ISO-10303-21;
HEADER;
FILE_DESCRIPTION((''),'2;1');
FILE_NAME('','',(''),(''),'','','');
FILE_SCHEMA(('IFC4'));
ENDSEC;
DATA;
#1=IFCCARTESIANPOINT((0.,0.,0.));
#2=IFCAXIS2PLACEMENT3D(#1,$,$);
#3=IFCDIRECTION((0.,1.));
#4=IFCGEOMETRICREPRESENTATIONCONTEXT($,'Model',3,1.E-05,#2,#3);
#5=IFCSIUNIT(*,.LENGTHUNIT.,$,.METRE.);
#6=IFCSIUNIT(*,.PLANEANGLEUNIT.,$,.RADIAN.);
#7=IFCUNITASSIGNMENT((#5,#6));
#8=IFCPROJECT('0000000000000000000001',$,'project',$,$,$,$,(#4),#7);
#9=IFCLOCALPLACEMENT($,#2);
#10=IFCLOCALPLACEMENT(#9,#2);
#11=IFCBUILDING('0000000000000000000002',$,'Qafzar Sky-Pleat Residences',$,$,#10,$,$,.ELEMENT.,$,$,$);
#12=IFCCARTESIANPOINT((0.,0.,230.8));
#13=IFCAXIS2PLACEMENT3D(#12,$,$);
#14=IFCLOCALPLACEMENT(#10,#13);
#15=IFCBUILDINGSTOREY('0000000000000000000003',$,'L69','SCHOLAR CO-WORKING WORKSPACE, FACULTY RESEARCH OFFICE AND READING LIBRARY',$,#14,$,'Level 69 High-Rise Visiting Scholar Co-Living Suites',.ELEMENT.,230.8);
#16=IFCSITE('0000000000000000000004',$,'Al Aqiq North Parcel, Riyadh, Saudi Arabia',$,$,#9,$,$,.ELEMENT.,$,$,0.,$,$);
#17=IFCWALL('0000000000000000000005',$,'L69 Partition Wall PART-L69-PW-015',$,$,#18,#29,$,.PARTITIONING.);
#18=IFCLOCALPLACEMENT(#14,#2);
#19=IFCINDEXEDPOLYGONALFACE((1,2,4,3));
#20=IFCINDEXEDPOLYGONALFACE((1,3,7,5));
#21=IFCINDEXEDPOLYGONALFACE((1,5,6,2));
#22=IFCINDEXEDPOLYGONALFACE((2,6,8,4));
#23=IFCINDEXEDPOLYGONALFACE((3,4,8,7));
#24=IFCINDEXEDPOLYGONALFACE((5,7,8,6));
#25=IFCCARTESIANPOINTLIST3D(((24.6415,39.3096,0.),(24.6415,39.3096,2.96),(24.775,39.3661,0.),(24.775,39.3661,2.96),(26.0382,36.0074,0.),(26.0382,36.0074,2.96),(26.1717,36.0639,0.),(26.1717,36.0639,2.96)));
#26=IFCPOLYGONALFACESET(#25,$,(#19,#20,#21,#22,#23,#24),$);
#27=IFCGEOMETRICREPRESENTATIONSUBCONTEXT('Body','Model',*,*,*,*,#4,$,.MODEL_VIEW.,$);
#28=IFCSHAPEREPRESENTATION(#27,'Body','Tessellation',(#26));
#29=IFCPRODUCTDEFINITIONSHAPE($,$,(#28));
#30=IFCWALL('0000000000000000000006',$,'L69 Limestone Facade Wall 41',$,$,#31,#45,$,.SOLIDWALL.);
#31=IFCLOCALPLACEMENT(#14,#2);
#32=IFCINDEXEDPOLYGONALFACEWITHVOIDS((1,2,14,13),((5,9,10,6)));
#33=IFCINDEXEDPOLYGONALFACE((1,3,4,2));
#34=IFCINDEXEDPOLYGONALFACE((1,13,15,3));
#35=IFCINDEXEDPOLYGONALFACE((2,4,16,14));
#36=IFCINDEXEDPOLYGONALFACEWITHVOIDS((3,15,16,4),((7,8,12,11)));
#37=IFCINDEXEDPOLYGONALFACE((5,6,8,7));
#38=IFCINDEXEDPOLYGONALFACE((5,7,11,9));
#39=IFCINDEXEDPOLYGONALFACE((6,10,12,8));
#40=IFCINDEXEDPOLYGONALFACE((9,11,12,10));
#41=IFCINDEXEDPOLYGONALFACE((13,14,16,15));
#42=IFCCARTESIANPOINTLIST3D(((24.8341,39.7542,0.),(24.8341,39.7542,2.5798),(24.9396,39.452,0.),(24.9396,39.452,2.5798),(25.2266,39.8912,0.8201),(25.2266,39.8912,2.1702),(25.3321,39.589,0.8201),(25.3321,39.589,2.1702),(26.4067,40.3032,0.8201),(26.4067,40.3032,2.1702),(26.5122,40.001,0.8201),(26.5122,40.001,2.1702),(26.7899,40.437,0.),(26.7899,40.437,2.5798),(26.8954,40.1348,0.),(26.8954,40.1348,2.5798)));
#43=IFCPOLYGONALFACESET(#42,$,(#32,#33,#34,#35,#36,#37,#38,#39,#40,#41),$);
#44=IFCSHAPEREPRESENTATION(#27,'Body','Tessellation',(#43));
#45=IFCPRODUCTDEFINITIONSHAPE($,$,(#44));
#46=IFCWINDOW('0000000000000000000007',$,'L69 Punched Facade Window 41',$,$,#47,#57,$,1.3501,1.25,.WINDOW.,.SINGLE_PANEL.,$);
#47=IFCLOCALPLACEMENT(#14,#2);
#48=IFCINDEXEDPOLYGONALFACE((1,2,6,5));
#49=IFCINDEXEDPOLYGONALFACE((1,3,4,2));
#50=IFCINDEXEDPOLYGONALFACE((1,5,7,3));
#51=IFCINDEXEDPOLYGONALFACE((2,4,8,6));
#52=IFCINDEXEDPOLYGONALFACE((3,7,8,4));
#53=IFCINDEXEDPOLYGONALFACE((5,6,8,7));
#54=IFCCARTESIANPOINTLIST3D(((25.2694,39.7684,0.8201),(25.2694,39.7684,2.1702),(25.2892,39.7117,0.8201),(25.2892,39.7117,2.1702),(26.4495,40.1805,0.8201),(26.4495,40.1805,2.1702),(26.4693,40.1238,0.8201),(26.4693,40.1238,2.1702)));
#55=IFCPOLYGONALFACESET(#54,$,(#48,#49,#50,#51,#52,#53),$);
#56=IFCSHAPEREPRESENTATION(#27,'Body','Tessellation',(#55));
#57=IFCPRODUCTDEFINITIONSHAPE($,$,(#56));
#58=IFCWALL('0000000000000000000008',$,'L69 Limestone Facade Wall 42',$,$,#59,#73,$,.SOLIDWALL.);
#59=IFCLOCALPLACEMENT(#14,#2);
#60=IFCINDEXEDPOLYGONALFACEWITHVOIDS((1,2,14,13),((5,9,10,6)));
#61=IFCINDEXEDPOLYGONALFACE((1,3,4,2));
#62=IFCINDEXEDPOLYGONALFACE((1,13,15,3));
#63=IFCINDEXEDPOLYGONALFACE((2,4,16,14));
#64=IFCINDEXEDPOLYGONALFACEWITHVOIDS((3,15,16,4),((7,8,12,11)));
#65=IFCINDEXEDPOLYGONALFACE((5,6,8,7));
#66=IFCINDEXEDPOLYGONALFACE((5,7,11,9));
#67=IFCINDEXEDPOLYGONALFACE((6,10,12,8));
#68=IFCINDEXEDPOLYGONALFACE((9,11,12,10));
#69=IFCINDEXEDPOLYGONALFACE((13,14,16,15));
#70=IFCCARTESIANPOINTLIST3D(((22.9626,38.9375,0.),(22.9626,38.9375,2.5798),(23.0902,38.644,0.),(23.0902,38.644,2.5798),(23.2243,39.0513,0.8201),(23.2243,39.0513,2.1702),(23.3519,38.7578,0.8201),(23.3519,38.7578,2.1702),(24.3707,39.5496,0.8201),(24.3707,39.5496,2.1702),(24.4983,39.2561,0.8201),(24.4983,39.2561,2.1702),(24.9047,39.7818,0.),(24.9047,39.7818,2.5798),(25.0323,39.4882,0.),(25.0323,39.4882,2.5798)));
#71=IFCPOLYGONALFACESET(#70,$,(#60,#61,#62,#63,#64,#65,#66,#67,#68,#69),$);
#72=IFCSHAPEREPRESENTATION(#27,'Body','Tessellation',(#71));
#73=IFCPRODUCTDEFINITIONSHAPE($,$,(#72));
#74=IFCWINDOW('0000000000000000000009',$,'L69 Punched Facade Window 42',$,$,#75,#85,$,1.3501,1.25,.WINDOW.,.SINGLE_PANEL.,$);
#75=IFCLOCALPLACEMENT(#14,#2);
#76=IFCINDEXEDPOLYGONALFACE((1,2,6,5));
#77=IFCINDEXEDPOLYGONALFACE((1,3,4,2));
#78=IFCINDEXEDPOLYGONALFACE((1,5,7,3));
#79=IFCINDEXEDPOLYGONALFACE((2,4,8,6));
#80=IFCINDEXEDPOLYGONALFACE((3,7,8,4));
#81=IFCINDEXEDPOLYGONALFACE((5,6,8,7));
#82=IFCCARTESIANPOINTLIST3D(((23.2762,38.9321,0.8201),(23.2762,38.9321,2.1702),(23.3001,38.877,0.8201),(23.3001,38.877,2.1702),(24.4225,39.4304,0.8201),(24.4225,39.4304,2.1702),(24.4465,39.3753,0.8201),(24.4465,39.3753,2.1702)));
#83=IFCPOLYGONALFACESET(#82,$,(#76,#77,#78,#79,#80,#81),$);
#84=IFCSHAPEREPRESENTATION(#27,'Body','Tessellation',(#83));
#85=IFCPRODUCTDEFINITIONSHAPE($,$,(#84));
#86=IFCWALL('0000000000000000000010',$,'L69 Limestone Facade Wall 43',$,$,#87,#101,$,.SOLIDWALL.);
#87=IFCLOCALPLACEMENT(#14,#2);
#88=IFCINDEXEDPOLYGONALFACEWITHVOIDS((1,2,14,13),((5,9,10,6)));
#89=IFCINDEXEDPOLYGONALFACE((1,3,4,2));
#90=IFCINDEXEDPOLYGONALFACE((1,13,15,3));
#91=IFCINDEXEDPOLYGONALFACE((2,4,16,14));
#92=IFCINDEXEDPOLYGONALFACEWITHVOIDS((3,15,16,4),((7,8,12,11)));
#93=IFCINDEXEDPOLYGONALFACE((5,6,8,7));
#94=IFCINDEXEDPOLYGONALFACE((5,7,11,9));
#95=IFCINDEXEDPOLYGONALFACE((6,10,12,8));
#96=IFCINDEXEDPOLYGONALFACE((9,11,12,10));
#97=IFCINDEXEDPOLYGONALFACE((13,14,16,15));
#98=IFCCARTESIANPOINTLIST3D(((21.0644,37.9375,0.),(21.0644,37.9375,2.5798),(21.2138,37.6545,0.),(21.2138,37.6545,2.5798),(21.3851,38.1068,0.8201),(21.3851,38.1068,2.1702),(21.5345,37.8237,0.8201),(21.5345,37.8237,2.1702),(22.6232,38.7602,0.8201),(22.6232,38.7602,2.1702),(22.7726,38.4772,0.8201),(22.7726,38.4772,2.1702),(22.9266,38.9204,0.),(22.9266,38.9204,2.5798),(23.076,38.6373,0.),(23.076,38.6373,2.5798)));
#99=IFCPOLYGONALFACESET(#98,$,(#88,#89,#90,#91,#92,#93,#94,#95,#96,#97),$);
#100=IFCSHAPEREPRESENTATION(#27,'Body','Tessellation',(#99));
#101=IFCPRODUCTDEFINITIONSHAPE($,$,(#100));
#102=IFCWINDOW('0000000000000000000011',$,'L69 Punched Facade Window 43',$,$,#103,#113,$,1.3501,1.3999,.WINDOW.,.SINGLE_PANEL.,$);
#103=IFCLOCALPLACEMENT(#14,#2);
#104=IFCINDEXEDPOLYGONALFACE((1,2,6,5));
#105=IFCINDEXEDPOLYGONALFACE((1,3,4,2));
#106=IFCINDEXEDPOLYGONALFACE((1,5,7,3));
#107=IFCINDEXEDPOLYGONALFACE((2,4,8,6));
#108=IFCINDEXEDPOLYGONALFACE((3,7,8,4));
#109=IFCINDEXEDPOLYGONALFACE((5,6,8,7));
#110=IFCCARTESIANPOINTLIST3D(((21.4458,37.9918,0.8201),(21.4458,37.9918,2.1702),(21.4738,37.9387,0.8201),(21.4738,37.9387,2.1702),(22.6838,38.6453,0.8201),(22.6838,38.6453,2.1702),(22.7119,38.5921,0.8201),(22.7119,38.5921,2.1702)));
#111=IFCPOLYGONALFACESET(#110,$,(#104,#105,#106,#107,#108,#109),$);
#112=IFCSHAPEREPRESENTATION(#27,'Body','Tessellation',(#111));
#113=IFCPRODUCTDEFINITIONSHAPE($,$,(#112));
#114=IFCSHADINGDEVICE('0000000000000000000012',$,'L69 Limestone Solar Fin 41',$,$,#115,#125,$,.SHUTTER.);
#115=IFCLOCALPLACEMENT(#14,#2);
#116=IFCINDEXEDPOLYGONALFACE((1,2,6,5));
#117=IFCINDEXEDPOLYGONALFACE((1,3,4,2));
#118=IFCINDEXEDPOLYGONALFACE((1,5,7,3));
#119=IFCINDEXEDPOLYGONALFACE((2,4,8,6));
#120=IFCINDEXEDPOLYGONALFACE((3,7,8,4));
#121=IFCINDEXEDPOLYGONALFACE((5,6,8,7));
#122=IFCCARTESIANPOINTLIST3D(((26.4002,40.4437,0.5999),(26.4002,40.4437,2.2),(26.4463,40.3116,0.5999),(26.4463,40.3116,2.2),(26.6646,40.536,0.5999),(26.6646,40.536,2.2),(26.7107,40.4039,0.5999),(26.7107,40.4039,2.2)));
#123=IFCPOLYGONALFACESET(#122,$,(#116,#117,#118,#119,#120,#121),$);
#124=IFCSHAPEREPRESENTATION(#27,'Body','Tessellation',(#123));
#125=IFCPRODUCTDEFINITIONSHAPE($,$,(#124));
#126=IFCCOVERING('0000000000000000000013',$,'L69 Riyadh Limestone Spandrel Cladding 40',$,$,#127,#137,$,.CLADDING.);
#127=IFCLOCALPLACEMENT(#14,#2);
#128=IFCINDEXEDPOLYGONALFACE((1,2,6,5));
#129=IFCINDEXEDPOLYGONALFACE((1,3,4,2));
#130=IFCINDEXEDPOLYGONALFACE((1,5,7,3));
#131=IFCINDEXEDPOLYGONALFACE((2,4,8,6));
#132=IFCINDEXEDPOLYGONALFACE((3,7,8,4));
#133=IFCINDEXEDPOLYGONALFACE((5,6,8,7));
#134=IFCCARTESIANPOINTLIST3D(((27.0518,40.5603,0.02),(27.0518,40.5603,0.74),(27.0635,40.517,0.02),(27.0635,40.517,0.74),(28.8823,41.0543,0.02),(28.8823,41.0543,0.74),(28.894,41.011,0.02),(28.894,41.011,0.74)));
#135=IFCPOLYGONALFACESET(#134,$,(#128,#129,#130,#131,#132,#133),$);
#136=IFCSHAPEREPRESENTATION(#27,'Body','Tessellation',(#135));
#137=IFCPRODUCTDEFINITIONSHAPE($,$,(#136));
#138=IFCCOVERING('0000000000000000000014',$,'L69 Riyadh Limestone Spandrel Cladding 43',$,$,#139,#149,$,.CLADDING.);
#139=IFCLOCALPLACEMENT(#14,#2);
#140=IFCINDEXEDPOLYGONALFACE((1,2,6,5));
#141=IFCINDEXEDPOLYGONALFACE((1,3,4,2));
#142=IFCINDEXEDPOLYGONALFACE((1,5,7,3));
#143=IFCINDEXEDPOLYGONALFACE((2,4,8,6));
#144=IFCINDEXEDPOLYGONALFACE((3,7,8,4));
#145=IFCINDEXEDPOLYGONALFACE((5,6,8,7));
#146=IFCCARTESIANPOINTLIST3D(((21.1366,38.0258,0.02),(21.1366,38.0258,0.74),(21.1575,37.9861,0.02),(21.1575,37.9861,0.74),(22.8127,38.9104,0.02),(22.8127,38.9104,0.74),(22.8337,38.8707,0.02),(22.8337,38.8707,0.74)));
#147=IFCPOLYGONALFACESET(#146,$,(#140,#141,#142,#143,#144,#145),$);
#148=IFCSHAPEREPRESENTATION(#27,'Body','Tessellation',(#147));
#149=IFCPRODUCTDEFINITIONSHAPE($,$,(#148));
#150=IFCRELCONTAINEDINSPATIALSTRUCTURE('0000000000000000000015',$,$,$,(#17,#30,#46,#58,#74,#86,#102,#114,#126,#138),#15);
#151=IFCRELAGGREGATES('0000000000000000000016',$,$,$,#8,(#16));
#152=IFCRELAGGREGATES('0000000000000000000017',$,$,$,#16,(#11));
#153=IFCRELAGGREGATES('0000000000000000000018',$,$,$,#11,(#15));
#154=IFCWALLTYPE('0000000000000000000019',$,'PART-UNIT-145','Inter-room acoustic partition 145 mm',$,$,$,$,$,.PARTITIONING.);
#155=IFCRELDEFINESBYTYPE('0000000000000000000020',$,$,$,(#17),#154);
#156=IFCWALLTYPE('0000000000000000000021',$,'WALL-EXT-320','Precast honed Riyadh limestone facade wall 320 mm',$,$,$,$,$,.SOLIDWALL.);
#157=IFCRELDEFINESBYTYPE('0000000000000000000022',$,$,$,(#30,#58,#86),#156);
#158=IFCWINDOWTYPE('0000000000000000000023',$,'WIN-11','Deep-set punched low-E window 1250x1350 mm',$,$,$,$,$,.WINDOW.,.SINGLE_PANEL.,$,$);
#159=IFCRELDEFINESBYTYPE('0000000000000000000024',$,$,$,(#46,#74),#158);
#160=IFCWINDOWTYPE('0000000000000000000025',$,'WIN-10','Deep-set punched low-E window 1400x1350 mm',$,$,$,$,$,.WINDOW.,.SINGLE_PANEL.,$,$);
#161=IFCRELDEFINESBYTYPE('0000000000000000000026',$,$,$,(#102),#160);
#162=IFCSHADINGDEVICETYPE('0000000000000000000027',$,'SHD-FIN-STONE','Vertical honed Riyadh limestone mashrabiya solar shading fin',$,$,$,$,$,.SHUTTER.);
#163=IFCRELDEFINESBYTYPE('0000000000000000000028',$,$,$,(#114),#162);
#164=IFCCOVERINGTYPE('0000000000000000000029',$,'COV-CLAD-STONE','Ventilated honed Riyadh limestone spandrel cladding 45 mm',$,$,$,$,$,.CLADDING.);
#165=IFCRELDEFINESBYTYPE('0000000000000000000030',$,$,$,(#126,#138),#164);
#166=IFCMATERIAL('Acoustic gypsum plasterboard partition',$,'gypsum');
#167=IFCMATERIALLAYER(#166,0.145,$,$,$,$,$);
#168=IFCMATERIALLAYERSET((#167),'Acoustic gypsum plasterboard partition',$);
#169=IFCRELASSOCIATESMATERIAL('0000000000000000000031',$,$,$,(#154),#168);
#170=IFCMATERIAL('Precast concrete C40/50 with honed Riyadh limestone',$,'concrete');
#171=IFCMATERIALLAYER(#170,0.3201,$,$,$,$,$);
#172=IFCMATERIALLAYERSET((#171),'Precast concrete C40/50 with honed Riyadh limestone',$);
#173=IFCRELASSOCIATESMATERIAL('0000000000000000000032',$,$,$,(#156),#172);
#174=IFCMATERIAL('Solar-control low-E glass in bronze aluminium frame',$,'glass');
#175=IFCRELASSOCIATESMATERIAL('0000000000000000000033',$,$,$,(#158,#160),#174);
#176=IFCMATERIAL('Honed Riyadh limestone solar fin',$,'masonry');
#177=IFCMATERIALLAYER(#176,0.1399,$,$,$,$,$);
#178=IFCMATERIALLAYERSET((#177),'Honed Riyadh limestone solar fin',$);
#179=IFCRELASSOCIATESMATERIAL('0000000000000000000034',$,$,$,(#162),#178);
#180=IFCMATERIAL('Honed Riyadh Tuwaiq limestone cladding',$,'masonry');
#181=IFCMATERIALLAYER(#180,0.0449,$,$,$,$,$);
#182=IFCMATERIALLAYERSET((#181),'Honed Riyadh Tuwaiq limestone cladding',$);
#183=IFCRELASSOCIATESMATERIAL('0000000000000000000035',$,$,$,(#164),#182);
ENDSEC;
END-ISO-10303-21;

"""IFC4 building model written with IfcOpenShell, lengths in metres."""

from ifc_helpers import new_model, si_unit, direction, frame, frame_2d, origin, origin_2d, place, context, subcontext, project, spatial, rectangle, extrude, source, transform, mapped, material, layer, layer_set, type_object, element, fill, save


model = new_model("IFC4")

# Units and contexts
model_context = context("Model", 3, precision=1e-05, world=origin(), true_north=direction((0.0, 1.0)))
body_context = subcontext(model_context, "Body", "Model", "MODEL_VIEW")
ifc_project = project(units=[si_unit("LENGTHUNIT", "METRE"), si_unit("PLANEANGLEUNIT", "RADIAN")], contexts=[model_context])

# Site, building, storey
site_placement = place(None, origin())
site = spatial("IfcSite", under=ifc_project, at=site_placement, Name="Al Aqiq North Parcel, Riyadh, Saudi Arabia", CompositionType="ELEMENT", RefElevation=0.0)
building_placement = place(site_placement, origin())
building = spatial("IfcBuilding", under=site, at=building_placement, Name="Qafzar Sky-Pleat Residences", CompositionType="ELEMENT")
storey_placement = place(building_placement, frame((0.0, 0.0, 230.8)))
storey = spatial("IfcBuildingStorey", under=building, at=storey_placement, Name="L69", Description="SCHOLAR CO-WORKING WORKSPACE, FACULTY RESEARCH OFFICE AND READING LIBRARY", LongName="Level 69 High-Rise Visiting Scholar Co-Living Suites", CompositionType="ELEMENT", Elevation=230.8)

# Shared definitions
ifc_material_1 = material(Name="Acoustic gypsum plasterboard partition", Category="gypsum")

# Wall
ifc_layer_1 = layer(ifc_material_1, 0.145)
ifc_layer_set_1 = layer_set([ifc_layer_1], Name="Acoustic gypsum plasterboard partition")
wall_type_1 = type_object("IfcWallType", Name="PART-UNIT-145", Description="Inter-room acoustic partition 145 mm", PredefinedType="PARTITIONING", material=ifc_layer_set_1)
wall_1_placement = place(storey_placement, frame((24.7083, 39.3379, 0.0), z_axis=(0.0, 0.0, 1.0), x_axis=(0.389551, -0.921005, 0.0)))
element("IfcWall", 1, at=wall_1_placement, inside=storey, type_object=wall_type_1, Name="L69 Partition Wall PART-L69-PW-015", PredefinedType="PARTITIONING", context=body_context, shape_type="SweptSolid", body=[
    extrude(rectangle(XDim=3.5854, YDim=0.145, at=frame_2d((1.7927, 0.0))), origin(), (0.0, 0.0, 1.0), 2.96),
])

# Walls, openings, windows
ifc_material_2 = material(Name="Precast concrete C40/50 with honed Riyadh limestone", Category="concrete")
ifc_layer_2 = layer(ifc_material_2, 0.3201)
ifc_layer_set_2 = layer_set([ifc_layer_2], Name="Precast concrete C40/50 with honed Riyadh limestone")
wall_type_2 = type_object("IfcWallType", Name="WALL-EXT-320", Description="Precast honed Riyadh limestone facade wall 320 mm", PredefinedType="SOLIDWALL", material=ifc_layer_set_2)
wall_2_placement = place(storey_placement, frame((26.8425, 40.2859, 0.0), z_axis=(0.0, 0.0, 1.0), x_axis=(-0.94411, -0.329631, 0.0)))
wall_2 = element("IfcWall", 2, at=wall_2_placement, inside=storey, type_object=wall_type_2, Name="L69 Limestone Facade Wall 41", PredefinedType="SOLIDWALL", context=body_context, shape_type="SweptSolid", body=[
    extrude(rectangle(XDim=2.0715, YDim=0.3201, at=frame_2d((1.0356, 0.0))), origin(), (0.0, 0.0, 1.0), 2.5798),
])
opening_1_placement = place(wall_2_placement, frame((0.4058, 0.0, 0.8201)))
opening_1 = element("IfcOpeningElement", 3, at=opening_1_placement, cuts=wall_2, PredefinedType="OPENING", context=body_context, shape_type="SweptSolid", body=[
    extrude(rectangle(XDim=1.25, YDim=1.3501, at=frame_2d((0.625, 0.675))), frame((0.0, 0.1699, 0.0), z_axis=(0.0, -1.0, 0.0), x_axis=(1.0, 0.0, 0.0)), (0.0, 0.0, 1.0), 0.3401),
])
ifc_material_3 = material(Name="Solar-control low-E glass in bronze aluminium frame", Category="glass")
window_type_1 = type_object("IfcWindowType", Name="WIN-11", Description="Deep-set punched low-E window 1250x1350 mm", PartitioningType="SINGLE_PANEL", PredefinedType="WINDOW", material=ifc_material_3)
shared_shape_1 = source(origin(), body_context, "Body", "SweptSolid", [
    extrude(rectangle(XDim=1.25, YDim=1.3501, at=frame_2d((0.625, 0.675))), frame((0.0, 0.03, 0.0), z_axis=(0.0, -1.0, 0.0), x_axis=(1.0, 0.0, 0.0)), (0.0, 0.0, 1.0), 0.0601),
])
window_1_placement = place(opening_1_placement, origin())
window_1 = element("IfcWindow", 4, at=window_1_placement, inside=storey, type_object=window_type_1, Name="L69 Punched Facade Window 41", OverallHeight=1.3501, OverallWidth=1.25, PartitioningType="SINGLE_PANEL", PredefinedType="WINDOW", context=body_context, shape_type="MappedRepresentation", body=[
    mapped(shared_shape_1, transform((0.0, 0.0, 0.0), x_axis=(1.0, 0.0, 0.0), y_axis=(0.0, 1.0, 0.0), z_axis=(0.0, 0.0, 1.0), scale=1.0)),
])
fill(opening_1, window_1)
wall_3_placement = place(storey_placement, frame((24.9685, 39.635, 0.0), z_axis=(0.0, 0.0, 1.0), x_axis=(-0.917099, -0.398659, 0.0)))
wall_3 = element("IfcWall", 5, at=wall_3_placement, inside=storey, type_object=wall_type_2, Name="L69 Limestone Facade Wall 42", PredefinedType="SOLIDWALL", context=body_context, shape_type="SweptSolid", body=[
    extrude(rectangle(XDim=2.1177, YDim=0.3201, at=frame_2d((1.0588, 0.0))), origin(), (0.0, 0.0, 1.0), 2.5798),
])
opening_2_placement = place(wall_3_placement, frame((0.5823, 0.0, 0.8201)))
opening_2 = element("IfcOpeningElement", 6, at=opening_2_placement, cuts=wall_3, PredefinedType="OPENING", context=body_context, shape_type="SweptSolid", body=[
    extrude(rectangle(XDim=1.25, YDim=1.3501, at=frame_2d((0.625, 0.675))), frame((0.0, 0.1699, 0.0), z_axis=(0.0, -1.0, 0.0), x_axis=(1.0, 0.0, 0.0)), (0.0, 0.0, 1.0), 0.3401),
])
window_2_placement = place(opening_2_placement, origin())
window_2 = element("IfcWindow", 7, at=window_2_placement, inside=storey, type_object=window_type_1, Name="L69 Punched Facade Window 42", OverallHeight=1.3501, OverallWidth=1.25, PartitioningType="SINGLE_PANEL", PredefinedType="WINDOW", context=body_context, shape_type="MappedRepresentation", body=[
    mapped(shared_shape_1, transform((0.0, 0.0, 0.0), x_axis=(1.0, 0.0, 0.0), y_axis=(0.0, 1.0, 0.0), z_axis=(0.0, 0.0, 1.0), scale=1.0)),
])
fill(opening_2, window_2)
wall_4_placement = place(storey_placement, frame((23.0012, 38.7788, 0.0), z_axis=(0.0, 0.0, 1.0), x_axis=(-0.884379, -0.466769, 0.0)))
wall_4 = element("IfcWall", 8, at=wall_4_placement, inside=storey, type_object=wall_type_2, Name="L69 Limestone Facade Wall 43", PredefinedType="SOLIDWALL", context=body_context, shape_type="SweptSolid", body=[
    extrude(rectangle(XDim=2.1057, YDim=0.3201, at=frame_2d((1.0527, 0.0))), origin(), (0.0, 0.0, 1.0), 2.5798),
])
opening_3_placement = place(wall_4_placement, frame((0.343, 0.0, 0.8201)))
opening_3 = element("IfcOpeningElement", 9, at=opening_3_placement, cuts=wall_4, PredefinedType="OPENING", context=body_context, shape_type="SweptSolid", body=[
    extrude(rectangle(XDim=1.3999, YDim=1.3501, at=frame_2d((0.7, 0.675))), frame((0.0, 0.1699, 0.0), z_axis=(0.0, -1.0, 0.0), x_axis=(1.0, 0.0, 0.0)), (0.0, 0.0, 1.0), 0.3401),
])
window_type_2 = type_object("IfcWindowType", Name="WIN-10", Description="Deep-set punched low-E window 1400x1350 mm", PartitioningType="SINGLE_PANEL", PredefinedType="WINDOW", material=ifc_material_3)
shared_shape_2 = source(origin(), body_context, "Body", "SweptSolid", [
    extrude(rectangle(XDim=1.3999, YDim=1.3501, at=frame_2d((0.7, 0.675))), frame((0.0, 0.03, 0.0), z_axis=(0.0, -1.0, 0.0), x_axis=(1.0, 0.0, 0.0)), (0.0, 0.0, 1.0), 0.0601),
])
window_3_placement = place(opening_3_placement, origin())
window_3 = element("IfcWindow", 10, at=window_3_placement, inside=storey, type_object=window_type_2, Name="L69 Punched Facade Window 43", OverallHeight=1.3501, OverallWidth=1.3999, PartitioningType="SINGLE_PANEL", PredefinedType="WINDOW", context=body_context, shape_type="MappedRepresentation", body=[
    mapped(shared_shape_2, transform((0.0, 0.0, 0.0), x_axis=(1.0, 0.0, 0.0), y_axis=(0.0, 1.0, 0.0), z_axis=(0.0, 0.0, 1.0), scale=1.0)),
])
fill(opening_3, window_3)

# Shading device
ifc_material_4 = material(Name="Honed Riyadh limestone solar fin", Category="masonry")
ifc_layer_3 = layer(ifc_material_4, 0.1399)
ifc_layer_set_3 = layer_set([ifc_layer_3], Name="Honed Riyadh limestone solar fin")
shading_device_type = type_object("IfcShadingDeviceType", Name="SHD-FIN-STONE", Description="Vertical honed Riyadh limestone mashrabiya solar shading fin", PredefinedType="SHUTTER", material=ifc_layer_set_3)
shared_shape_3 = source(origin(), body_context, "Body", "SweptSolid", [
    extrude(rectangle(XDim=0.1399, YDim=0.28, at=origin_2d()), origin(), (0.0, 0.0, 1.0), 1.6001),
])
shading_device_placement = place(storey_placement, frame((26.5554, 40.4238, 0.5999), z_axis=(0.0, 0.0, 1.0), x_axis=(-0.329574, 0.94413, 0.0)))
element("IfcShadingDevice", 11, at=shading_device_placement, inside=storey, type_object=shading_device_type, Name="L69 Limestone Solar Fin 41", PredefinedType="SHUTTER", context=body_context, shape_type="MappedRepresentation", body=[
    mapped(shared_shape_3, transform((0.0, 0.0, 0.0), x_axis=(1.0, 0.0, 0.0), y_axis=(0.0, 1.0, 0.0), z_axis=(0.0, 0.0, 1.0), scale=1.0)),
])

# Coverings
ifc_material_5 = material(Name="Honed Riyadh Tuwaiq limestone cladding", Category="masonry")
ifc_layer_4 = layer(ifc_material_5, 0.0449)
ifc_layer_set_4 = layer_set([ifc_layer_4], Name="Honed Riyadh Tuwaiq limestone cladding")
covering_type = type_object("IfcCoveringType", Name="COV-CLAD-STONE", Description="Ventilated honed Riyadh limestone spandrel cladding 45 mm", PredefinedType="CLADDING", material=ifc_layer_set_4)
shared_shape_4 = source(origin(), body_context, "Body", "SweptSolid", [
    extrude(rectangle(XDim=1.896, YDim=0.0449, at=origin_2d()), origin(), (0.0, 0.0, 1.0), 0.72),
])
covering_1_placement = place(storey_placement, frame((27.9729, 40.7856, 0.02), z_axis=(0.0, 0.0, 1.0), x_axis=(-0.965463, -0.260542, 0.0)))
element("IfcCovering", 12, at=covering_1_placement, inside=storey, type_object=covering_type, Name="L69 Riyadh Limestone Spandrel Cladding 40", PredefinedType="CLADDING", context=body_context, shape_type="MappedRepresentation", body=[
    mapped(shared_shape_4, transform((0.0, 0.0, 0.0), x_axis=(1.0, 0.0, 0.0), y_axis=(0.0, 1.0, 0.0), z_axis=(0.0, 0.0, 1.0), scale=1.0)),
])
shared_shape_5 = source(origin(), body_context, "Body", "SweptSolid", [
    extrude(rectangle(XDim=1.8953, YDim=0.0449, at=origin_2d()), origin(), (0.0, 0.0, 1.0), 0.72),
])
covering_2_placement = place(storey_placement, frame((21.9851, 38.4482, 0.02), z_axis=(0.0, 0.0, 1.0), x_axis=(-0.884381, -0.466766, 0.0)))
element("IfcCovering", 13, at=covering_2_placement, inside=storey, type_object=covering_type, Name="L69 Riyadh Limestone Spandrel Cladding 43", PredefinedType="CLADDING", context=body_context, shape_type="MappedRepresentation", body=[
    mapped(shared_shape_5, transform((0.0, 0.0, 0.0), x_axis=(1.0, 0.0, 0.0), y_axis=(0.0, 1.0, 0.0), z_axis=(0.0, 0.0, 1.0), scale=1.0)),
])

save(model, "model.ifc")
